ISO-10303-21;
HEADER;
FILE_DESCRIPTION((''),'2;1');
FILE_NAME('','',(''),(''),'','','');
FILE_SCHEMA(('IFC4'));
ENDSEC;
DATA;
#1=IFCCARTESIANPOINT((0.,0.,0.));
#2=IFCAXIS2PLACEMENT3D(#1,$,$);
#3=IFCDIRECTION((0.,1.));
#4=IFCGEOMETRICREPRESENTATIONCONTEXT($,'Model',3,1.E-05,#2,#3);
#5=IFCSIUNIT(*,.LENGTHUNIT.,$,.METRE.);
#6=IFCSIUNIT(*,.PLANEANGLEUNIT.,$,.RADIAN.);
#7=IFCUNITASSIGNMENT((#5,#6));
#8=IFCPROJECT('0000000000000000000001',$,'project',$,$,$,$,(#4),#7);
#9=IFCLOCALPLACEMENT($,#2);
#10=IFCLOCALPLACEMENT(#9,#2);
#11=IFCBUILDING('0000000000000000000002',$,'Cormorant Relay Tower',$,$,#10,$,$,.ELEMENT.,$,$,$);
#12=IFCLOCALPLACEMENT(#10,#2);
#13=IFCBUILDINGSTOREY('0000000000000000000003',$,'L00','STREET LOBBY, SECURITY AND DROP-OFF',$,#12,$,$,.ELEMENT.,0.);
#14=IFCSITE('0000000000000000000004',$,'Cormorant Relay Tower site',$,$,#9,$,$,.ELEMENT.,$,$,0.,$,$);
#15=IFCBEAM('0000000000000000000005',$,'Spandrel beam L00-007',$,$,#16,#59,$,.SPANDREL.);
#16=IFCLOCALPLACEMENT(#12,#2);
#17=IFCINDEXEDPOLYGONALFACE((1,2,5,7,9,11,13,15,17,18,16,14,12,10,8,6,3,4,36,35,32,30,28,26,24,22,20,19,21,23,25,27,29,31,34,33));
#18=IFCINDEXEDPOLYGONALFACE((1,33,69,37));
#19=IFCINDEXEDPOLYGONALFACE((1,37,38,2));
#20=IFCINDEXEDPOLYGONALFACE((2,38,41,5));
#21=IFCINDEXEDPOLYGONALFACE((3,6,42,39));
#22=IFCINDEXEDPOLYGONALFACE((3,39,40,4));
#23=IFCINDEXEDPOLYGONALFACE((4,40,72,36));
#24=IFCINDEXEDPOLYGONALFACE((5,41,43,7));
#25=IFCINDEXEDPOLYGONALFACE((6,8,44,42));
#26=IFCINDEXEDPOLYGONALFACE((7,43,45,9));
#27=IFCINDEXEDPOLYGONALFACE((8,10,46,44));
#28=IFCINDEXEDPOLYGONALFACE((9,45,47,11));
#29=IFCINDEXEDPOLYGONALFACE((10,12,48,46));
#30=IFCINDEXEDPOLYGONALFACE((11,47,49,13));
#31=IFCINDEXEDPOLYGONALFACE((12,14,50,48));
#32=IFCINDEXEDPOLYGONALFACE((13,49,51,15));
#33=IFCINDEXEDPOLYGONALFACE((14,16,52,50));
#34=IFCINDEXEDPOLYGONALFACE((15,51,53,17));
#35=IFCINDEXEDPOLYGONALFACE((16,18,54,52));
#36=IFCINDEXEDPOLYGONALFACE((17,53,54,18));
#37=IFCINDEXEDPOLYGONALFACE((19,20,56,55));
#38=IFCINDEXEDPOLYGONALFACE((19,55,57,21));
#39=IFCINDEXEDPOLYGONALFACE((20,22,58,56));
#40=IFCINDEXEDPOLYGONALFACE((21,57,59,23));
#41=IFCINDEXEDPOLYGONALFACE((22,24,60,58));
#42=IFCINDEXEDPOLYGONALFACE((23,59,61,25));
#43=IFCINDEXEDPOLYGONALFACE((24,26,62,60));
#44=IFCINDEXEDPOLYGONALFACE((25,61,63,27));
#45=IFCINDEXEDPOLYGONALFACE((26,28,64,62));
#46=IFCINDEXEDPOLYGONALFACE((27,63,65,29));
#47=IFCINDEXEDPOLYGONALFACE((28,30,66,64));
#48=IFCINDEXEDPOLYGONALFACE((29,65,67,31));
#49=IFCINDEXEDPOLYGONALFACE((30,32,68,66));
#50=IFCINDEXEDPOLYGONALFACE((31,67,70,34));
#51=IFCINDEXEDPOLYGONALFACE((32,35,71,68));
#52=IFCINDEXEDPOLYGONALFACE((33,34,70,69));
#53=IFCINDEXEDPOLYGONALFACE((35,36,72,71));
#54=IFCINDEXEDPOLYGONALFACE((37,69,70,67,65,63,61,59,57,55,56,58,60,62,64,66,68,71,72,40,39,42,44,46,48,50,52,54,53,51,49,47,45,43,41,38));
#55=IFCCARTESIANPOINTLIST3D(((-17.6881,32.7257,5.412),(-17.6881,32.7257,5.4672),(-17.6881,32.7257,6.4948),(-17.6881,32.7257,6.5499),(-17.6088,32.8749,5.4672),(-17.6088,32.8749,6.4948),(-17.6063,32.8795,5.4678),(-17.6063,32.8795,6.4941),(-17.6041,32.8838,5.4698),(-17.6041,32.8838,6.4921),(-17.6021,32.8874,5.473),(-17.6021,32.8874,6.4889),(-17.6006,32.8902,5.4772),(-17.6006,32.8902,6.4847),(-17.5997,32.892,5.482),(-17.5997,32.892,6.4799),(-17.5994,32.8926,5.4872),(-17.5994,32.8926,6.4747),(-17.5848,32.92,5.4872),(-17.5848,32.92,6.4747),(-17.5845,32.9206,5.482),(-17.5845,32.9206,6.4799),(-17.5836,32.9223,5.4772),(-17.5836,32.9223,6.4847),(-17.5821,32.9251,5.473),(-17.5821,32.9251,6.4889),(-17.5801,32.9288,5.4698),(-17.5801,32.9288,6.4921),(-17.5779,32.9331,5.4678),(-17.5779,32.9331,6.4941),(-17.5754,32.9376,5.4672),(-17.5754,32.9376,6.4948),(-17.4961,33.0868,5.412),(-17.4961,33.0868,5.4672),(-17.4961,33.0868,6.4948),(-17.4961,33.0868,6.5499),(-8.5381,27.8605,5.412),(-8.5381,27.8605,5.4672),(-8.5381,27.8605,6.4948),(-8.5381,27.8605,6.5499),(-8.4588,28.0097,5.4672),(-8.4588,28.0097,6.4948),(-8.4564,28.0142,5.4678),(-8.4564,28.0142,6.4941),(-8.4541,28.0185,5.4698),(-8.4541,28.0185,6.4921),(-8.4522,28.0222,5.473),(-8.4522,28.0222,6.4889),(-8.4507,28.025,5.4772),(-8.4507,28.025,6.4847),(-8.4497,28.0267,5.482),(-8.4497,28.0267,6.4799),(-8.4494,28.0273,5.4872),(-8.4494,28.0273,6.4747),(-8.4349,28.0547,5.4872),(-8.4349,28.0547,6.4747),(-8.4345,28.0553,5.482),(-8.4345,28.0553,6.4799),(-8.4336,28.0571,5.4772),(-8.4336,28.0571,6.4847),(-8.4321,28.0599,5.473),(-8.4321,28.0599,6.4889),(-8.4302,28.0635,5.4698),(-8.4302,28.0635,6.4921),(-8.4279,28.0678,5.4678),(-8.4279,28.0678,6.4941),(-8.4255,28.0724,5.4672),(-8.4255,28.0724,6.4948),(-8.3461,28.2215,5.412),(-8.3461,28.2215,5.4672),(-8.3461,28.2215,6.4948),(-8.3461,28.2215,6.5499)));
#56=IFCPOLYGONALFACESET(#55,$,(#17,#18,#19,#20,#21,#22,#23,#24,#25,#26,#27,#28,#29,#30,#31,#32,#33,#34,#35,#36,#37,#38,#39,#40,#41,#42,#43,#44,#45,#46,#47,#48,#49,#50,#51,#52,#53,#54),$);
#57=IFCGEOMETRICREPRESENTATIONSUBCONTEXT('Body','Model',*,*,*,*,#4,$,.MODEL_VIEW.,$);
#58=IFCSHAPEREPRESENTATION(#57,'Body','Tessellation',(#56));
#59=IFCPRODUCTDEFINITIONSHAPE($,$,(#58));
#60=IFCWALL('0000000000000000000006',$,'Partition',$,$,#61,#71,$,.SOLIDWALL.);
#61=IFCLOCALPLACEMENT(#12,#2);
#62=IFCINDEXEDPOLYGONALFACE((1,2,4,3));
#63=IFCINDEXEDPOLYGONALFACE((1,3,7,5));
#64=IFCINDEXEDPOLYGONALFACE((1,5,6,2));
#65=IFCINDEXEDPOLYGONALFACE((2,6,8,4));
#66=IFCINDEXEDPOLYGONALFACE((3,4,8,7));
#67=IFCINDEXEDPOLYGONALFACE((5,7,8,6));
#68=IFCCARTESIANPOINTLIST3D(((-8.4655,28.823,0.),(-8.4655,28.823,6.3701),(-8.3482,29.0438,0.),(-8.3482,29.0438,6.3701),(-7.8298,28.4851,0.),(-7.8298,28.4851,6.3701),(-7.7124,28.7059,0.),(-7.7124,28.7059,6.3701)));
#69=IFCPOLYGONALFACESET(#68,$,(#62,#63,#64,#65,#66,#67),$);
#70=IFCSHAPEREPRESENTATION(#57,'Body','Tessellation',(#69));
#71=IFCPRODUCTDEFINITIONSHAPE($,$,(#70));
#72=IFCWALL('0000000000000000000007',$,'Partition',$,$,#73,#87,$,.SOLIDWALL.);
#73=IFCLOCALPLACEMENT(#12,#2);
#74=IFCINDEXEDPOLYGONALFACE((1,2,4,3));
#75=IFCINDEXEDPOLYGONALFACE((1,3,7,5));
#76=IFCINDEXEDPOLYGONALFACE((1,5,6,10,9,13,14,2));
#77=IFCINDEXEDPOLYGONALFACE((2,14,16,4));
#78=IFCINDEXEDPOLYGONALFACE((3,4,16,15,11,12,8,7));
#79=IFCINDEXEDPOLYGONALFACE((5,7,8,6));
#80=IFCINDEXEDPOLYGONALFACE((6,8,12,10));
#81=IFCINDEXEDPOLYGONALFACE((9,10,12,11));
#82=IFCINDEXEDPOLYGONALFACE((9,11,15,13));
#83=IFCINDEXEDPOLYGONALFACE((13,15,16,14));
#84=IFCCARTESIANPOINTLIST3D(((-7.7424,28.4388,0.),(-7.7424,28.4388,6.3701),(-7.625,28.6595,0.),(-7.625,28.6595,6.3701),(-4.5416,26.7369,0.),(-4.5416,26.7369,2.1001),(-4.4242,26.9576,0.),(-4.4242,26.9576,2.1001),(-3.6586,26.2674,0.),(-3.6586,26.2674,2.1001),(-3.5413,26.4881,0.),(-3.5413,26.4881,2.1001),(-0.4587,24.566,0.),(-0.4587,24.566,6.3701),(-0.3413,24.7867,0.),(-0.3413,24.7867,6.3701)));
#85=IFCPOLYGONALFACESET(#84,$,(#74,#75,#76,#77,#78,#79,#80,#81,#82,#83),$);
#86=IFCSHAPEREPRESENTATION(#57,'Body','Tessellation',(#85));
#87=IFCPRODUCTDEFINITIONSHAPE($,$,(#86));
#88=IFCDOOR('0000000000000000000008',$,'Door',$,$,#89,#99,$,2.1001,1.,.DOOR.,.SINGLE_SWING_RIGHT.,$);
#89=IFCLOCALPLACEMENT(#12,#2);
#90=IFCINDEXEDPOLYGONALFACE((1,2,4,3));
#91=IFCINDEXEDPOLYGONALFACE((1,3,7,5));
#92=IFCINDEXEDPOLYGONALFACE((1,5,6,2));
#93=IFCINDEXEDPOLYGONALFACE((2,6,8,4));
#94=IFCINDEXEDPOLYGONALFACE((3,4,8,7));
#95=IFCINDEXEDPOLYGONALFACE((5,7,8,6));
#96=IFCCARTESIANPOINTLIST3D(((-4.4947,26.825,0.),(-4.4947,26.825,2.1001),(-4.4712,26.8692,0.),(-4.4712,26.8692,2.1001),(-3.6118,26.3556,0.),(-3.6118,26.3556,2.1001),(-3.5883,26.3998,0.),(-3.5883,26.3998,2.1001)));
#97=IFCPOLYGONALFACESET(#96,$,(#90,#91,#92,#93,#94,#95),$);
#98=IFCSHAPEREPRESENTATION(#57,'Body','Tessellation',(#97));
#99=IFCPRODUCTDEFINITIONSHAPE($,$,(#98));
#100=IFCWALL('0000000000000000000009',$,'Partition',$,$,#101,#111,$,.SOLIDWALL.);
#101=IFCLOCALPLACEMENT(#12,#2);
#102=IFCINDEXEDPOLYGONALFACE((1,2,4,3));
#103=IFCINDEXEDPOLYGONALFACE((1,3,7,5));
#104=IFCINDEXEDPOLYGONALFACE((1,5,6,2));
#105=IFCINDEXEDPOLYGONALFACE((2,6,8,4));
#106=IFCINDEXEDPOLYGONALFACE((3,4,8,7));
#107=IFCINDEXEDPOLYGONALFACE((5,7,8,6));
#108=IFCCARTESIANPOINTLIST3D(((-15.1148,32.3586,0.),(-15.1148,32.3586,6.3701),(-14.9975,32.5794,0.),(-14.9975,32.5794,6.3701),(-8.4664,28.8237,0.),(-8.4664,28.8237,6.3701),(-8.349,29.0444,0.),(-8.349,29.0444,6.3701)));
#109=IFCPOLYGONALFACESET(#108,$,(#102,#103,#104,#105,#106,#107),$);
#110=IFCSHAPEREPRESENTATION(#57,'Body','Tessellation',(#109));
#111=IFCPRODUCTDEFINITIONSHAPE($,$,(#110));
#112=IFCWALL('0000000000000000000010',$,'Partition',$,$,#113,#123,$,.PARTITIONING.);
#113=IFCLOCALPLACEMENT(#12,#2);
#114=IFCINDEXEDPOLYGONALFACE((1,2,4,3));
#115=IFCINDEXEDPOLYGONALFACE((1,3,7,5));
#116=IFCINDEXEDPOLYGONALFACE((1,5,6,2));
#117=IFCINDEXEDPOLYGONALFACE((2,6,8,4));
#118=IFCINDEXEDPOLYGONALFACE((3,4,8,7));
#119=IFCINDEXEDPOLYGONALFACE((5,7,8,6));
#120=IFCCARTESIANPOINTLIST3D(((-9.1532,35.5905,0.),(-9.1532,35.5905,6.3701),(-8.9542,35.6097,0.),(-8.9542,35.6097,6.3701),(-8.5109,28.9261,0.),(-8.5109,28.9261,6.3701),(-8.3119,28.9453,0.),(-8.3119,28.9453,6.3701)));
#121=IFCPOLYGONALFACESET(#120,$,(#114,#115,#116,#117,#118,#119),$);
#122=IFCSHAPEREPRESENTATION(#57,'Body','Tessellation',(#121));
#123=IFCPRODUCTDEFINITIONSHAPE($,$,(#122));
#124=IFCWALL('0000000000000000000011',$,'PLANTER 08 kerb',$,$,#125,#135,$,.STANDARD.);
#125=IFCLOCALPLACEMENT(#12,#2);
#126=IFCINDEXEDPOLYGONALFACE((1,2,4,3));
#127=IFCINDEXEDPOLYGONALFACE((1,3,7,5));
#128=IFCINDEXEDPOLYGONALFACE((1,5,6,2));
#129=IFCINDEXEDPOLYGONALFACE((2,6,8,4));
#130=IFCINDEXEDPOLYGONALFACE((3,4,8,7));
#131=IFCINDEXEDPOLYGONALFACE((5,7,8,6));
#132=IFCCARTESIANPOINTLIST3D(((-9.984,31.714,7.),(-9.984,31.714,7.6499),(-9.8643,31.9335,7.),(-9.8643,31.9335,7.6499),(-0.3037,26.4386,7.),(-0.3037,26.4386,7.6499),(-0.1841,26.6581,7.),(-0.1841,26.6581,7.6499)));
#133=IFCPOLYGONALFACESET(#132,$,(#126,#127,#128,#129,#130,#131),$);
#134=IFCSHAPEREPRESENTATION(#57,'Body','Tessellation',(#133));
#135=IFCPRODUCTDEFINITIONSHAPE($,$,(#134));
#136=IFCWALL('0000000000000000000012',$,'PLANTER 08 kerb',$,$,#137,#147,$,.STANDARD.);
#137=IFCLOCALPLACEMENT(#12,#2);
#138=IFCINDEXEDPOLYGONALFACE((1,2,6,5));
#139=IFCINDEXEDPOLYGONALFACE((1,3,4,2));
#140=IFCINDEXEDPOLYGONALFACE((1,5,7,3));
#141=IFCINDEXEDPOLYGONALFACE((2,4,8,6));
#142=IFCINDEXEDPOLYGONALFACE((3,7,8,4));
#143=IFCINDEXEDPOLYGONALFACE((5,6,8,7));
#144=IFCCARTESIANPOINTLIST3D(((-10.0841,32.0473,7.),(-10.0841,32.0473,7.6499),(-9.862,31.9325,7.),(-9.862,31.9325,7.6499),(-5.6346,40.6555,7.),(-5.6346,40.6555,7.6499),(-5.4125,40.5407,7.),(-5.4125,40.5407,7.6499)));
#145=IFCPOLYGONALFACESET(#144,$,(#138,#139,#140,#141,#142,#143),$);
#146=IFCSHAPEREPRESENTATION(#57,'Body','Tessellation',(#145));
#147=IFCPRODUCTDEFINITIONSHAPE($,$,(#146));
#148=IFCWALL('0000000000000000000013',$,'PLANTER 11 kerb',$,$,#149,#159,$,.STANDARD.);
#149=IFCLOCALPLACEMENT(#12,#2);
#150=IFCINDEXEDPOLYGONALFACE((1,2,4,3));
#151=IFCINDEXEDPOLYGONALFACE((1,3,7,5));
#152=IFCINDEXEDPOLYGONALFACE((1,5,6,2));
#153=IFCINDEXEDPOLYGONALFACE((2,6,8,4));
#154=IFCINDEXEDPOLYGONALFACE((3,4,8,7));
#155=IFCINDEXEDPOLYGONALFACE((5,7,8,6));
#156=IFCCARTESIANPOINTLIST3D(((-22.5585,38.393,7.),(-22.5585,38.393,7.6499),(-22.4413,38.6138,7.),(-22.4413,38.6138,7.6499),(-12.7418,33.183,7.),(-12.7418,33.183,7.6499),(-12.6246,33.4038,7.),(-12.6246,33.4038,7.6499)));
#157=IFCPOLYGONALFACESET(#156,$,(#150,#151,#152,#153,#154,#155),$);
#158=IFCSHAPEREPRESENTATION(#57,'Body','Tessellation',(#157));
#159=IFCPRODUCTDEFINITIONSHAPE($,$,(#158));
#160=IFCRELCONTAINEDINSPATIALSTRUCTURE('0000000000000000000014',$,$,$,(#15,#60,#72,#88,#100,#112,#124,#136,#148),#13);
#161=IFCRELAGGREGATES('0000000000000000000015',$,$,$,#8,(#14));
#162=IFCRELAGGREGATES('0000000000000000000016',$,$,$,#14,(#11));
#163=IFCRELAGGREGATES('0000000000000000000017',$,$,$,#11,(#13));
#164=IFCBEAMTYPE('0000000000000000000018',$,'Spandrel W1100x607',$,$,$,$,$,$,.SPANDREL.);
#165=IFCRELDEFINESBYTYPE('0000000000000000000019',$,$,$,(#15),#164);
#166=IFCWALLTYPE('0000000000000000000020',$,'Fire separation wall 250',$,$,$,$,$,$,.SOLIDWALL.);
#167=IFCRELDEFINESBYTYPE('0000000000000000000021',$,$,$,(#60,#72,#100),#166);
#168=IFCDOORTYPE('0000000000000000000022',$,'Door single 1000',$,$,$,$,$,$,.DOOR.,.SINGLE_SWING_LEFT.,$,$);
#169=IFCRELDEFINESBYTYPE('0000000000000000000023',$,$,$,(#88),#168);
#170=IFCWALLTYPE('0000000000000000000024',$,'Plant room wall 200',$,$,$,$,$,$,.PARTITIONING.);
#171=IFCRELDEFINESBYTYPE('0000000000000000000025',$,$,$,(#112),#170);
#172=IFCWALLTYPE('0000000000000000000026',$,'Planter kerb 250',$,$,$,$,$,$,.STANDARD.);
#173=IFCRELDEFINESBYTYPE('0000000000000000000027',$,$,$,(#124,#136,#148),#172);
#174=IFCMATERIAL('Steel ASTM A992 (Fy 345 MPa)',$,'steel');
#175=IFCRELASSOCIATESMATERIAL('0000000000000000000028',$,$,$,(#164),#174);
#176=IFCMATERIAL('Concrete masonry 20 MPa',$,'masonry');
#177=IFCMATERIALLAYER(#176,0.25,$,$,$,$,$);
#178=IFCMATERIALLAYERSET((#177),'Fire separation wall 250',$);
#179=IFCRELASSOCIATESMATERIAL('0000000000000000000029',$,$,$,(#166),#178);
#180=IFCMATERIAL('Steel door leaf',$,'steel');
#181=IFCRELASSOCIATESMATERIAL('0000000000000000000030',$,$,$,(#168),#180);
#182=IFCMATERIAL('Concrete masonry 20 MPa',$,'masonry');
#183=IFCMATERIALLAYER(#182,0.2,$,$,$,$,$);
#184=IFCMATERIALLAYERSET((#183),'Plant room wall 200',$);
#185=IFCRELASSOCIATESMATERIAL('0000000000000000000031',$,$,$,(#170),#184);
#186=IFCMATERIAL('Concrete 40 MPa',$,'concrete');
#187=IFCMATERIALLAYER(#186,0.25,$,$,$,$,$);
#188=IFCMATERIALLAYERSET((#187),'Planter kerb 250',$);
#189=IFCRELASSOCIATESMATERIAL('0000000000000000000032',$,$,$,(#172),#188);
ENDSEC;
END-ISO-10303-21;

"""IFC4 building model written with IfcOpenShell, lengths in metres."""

from ifc_helpers import new_model, si_unit, direction, frame, frame_2d, origin, origin_2d, place, context, subcontext, project, spatial, rectangle, i_section, extrude, material, layer, layer_set, material_profile, profile_set, type_object, element, fill, save


model = new_model("IFC4")

# Units and contexts
model_context = context("Model", 3, precision=1e-05, world=origin(), true_north=direction((0.0, 1.0)))
body_context = subcontext(model_context, "Body", "Model", "MODEL_VIEW")
ifc_project = project(units=[si_unit("LENGTHUNIT", "METRE"), si_unit("PLANEANGLEUNIT", "RADIAN")], contexts=[model_context])

# Site, building, storey
site_placement = place(None, origin())
site = spatial("IfcSite", under=ifc_project, at=site_placement, Name="Cormorant Relay Tower site", CompositionType="ELEMENT", RefElevation=0.0)
building_placement = place(site_placement, origin())
building = spatial("IfcBuilding", under=site, at=building_placement, Name="Cormorant Relay Tower", CompositionType="ELEMENT")
storey_placement = place(building_placement, origin())
storey = spatial("IfcBuildingStorey", under=building, at=storey_placement, Name="L00", Description="STREET LOBBY, SECURITY AND DROP-OFF", CompositionType="ELEMENT", Elevation=0.0)

# Beam
ifc_material_1 = material(Name="Steel ASTM A992 (Fy 345 MPa)", Category="steel")
ifc_material_profile_1 = material_profile(ifc_material_1, i_section(OverallWidth=0.4089, OverallDepth=1.1379, WebThickness=0.031, FlangeThickness=0.0552, FilletRadius=0.02, at=origin_2d()), Name="W1100x607")
ifc_profile_set_1 = profile_set([ifc_material_profile_1], Name="Steel ASTM A992 (Fy 345 MPa)")
beam_type = type_object("IfcBeamType", Name="Spandrel W1100x607", PredefinedType="SPANDREL", material=ifc_profile_set_1)
beam_placement = place(storey_placement, frame((-8.4421, 28.041, 5.981), z_axis=(-0.882942, 0.469482, 0.0), x_axis=(-0.469482, -0.882942, 0.0)))
element("IfcBeam", 1, at=beam_placement, inside=storey, type_object=beam_type, Name="Spandrel beam L00-007", PredefinedType="SPANDREL", context=body_context, shape_type="SweptSolid", body=[
    extrude(i_section(OverallWidth=0.4089, OverallDepth=1.1379, WebThickness=0.031, FlangeThickness=0.0552, FilletRadius=0.02, at=origin_2d()), origin(), (0.0, 0.0, 1.0), 10.363),
])

# Wall
ifc_material_2 = material(Name="Concrete masonry 20 MPa", Category="masonry")
ifc_layer_1 = layer(ifc_material_2, 0.25)
ifc_layer_set_1 = layer_set([ifc_layer_1], Name="Fire separation wall 250")
wall_type_1 = type_object("IfcWallType", Name="Fire separation wall 250", PredefinedType="SOLIDWALL", material=ifc_layer_set_1)
wall_1_placement = place(storey_placement, frame((-8.4067, 28.9333, 0.0), z_axis=(0.0, 0.0, 1.0), x_axis=(0.883028, -0.469321, 0.0)))
element("IfcWall", 2, at=wall_1_placement, inside=storey, type_object=wall_type_1, Name="Partition", PredefinedType="SOLIDWALL", context=body_context, shape_type="SweptSolid", body=[
    extrude(rectangle(XDim=0.72, YDim=0.25, at=frame_2d((0.3599, 0.0))), origin(), (0.0, 0.0, 1.0), 6.3701),
])

# Wall, opening, door
wall_2_placement = place(storey_placement, frame((-7.6836, 28.5491, 0.0), z_axis=(0.0, 0.0, 1.0), x_axis=(0.882948, -0.469471, 0.0)))
wall_2 = element("IfcWall", 3, at=wall_2_placement, inside=storey, type_object=wall_type_1, Name="Partition", PredefinedType="SOLIDWALL", context=body_context, shape_type="SweptSolid", body=[
    extrude(rectangle(XDim=8.2493, YDim=0.25, at=frame_2d((4.1245, 0.0))), origin(), (0.0, 0.0, 1.0), 6.3701),
])
opening_placement = place(wall_2_placement, frame((3.625, 0.0, 0.0)))
opening = element("IfcOpeningElement", 4, at=opening_placement, cuts=wall_2, PredefinedType="OPENING", context=body_context, shape_type="SweptSolid", body=[
    extrude(rectangle(XDim=1.0, YDim=2.1001, at=frame_2d((0.5, 1.05))), frame((0.0, 0.135, 0.0), z_axis=(0.0, -1.0, 0.0), x_axis=(1.0, 0.0, 0.0)), (0.0, 0.0, 1.0), 0.27),
])
ifc_material_3 = material(Name="Steel door leaf", Category="steel")
door_type = type_object("IfcDoorType", Name="Door single 1000", OperationType="SINGLE_SWING_LEFT", PredefinedType="DOOR", material=ifc_material_3)
door_placement = place(opening_placement, origin())
door = element("IfcDoor", 5, at=door_placement, inside=storey, type_object=door_type, Name="Door", OperationType="SINGLE_SWING_RIGHT", OverallHeight=2.1001, OverallWidth=1.0, PredefinedType="DOOR", context=body_context, shape_type="SweptSolid", body=[
    extrude(rectangle(XDim=1.0, YDim=2.1001, at=frame_2d((0.5, 1.05))), frame((0.0, 0.0249, 0.0), z_axis=(0.0, -1.0, 0.0), x_axis=(1.0, 0.0, 0.0)), (0.0, 0.0, 1.0), 0.05),
])
fill(opening, door)

# Walls
wall_3_placement = place(storey_placement, frame((-15.0562, 32.469, 0.0), z_axis=(0.0, 0.0, 1.0), x_axis=(0.882954, -0.469459, 0.0)))
element("IfcWall", 6, at=wall_3_placement, inside=storey, type_object=wall_type_1, Name="Partition", PredefinedType="SOLIDWALL", context=body_context, shape_type="SweptSolid", body=[
    extrude(rectangle(XDim=7.5298, YDim=0.25, at=frame_2d((3.7649, 0.0))), origin(), (0.0, 0.0, 1.0), 6.3701),
])
ifc_material_4 = material(Name="Concrete masonry 20 MPa", Category="masonry")
ifc_layer_2 = layer(ifc_material_4, 0.2)
ifc_layer_set_2 = layer_set([ifc_layer_2], Name="Plant room wall 200")
wall_type_2 = type_object("IfcWallType", Name="Plant room wall 200", PredefinedType="PARTITIONING", material=ifc_layer_set_2)
wall_4_placement = place(storey_placement, frame((-9.0537, 35.6001, 0.0), z_axis=(0.0, 0.0, 1.0), x_axis=(0.09594, -0.995387, 0.0)))
element("IfcWall", 7, at=wall_4_placement, inside=storey, type_object=wall_type_2, Name="Partition", PredefinedType="PARTITIONING", context=body_context, shape_type="SweptSolid", body=[
    extrude(rectangle(XDim=6.6953, YDim=0.2, at=frame_2d((3.3477, 0.0))), origin(), (0.0, 0.0, 1.0), 6.3701),
])
ifc_material_5 = material(Name="Concrete 40 MPa", Category="concrete")
ifc_layer_3 = layer(ifc_material_5, 0.25)
ifc_layer_set_3 = layer_set([ifc_layer_3], Name="Planter kerb 250")
wall_type_3 = type_object("IfcWallType", Name="Planter kerb 250", PredefinedType="STANDARD", material=ifc_layer_set_3)
wall_5_placement = place(storey_placement, frame((-0.2439, 26.5483, 7.0), z_axis=(0.0, 0.0, 1.0), x_axis=(-0.878075, 0.478523, 0.0)))
element("IfcWall", 8, at=wall_5_placement, inside=storey, type_object=wall_type_3, Name="PLANTER 08 kerb", PredefinedType="STANDARD", context=body_context, shape_type="SweptSolid", body=[
    extrude(rectangle(XDim=11.0244, YDim=0.25, at=frame_2d((5.5122, 0.0))), origin(), (0.0, 0.0, 1.0), 0.6499),
])
wall_6_placement = place(storey_placement, frame((-9.9731, 31.9897, 7.0), z_axis=(0.0, 0.0, 1.0), x_axis=(0.459176, 0.888345, 0.0)))
element("IfcWall", 9, at=wall_6_placement, inside=storey, type_object=wall_type_3, Name="PLANTER 08 kerb", PredefinedType="STANDARD", context=body_context, shape_type="SweptSolid", body=[
    extrude(rectangle(XDim=9.6902, YDim=0.25, at=frame_2d((4.8452, 0.0))), origin(), (0.0, 0.0, 1.0), 0.6499),
])
wall_7_placement = place(storey_placement, frame((-12.6833, 33.2935, 7.0), z_axis=(0.0, 0.0, 1.0), x_axis=(-0.883307, 0.468795, 0.0)))
element("IfcWall", 10, at=wall_7_placement, inside=storey, type_object=wall_type_3, Name="PLANTER 11 kerb", PredefinedType="STANDARD", context=body_context, shape_type="SweptSolid", body=[
    extrude(rectangle(XDim=11.1135, YDim=0.25, at=frame_2d((5.5566, 0.0))), origin(), (0.0, 0.0, 1.0), 0.6499),
])

save(model, "model.ifc")
